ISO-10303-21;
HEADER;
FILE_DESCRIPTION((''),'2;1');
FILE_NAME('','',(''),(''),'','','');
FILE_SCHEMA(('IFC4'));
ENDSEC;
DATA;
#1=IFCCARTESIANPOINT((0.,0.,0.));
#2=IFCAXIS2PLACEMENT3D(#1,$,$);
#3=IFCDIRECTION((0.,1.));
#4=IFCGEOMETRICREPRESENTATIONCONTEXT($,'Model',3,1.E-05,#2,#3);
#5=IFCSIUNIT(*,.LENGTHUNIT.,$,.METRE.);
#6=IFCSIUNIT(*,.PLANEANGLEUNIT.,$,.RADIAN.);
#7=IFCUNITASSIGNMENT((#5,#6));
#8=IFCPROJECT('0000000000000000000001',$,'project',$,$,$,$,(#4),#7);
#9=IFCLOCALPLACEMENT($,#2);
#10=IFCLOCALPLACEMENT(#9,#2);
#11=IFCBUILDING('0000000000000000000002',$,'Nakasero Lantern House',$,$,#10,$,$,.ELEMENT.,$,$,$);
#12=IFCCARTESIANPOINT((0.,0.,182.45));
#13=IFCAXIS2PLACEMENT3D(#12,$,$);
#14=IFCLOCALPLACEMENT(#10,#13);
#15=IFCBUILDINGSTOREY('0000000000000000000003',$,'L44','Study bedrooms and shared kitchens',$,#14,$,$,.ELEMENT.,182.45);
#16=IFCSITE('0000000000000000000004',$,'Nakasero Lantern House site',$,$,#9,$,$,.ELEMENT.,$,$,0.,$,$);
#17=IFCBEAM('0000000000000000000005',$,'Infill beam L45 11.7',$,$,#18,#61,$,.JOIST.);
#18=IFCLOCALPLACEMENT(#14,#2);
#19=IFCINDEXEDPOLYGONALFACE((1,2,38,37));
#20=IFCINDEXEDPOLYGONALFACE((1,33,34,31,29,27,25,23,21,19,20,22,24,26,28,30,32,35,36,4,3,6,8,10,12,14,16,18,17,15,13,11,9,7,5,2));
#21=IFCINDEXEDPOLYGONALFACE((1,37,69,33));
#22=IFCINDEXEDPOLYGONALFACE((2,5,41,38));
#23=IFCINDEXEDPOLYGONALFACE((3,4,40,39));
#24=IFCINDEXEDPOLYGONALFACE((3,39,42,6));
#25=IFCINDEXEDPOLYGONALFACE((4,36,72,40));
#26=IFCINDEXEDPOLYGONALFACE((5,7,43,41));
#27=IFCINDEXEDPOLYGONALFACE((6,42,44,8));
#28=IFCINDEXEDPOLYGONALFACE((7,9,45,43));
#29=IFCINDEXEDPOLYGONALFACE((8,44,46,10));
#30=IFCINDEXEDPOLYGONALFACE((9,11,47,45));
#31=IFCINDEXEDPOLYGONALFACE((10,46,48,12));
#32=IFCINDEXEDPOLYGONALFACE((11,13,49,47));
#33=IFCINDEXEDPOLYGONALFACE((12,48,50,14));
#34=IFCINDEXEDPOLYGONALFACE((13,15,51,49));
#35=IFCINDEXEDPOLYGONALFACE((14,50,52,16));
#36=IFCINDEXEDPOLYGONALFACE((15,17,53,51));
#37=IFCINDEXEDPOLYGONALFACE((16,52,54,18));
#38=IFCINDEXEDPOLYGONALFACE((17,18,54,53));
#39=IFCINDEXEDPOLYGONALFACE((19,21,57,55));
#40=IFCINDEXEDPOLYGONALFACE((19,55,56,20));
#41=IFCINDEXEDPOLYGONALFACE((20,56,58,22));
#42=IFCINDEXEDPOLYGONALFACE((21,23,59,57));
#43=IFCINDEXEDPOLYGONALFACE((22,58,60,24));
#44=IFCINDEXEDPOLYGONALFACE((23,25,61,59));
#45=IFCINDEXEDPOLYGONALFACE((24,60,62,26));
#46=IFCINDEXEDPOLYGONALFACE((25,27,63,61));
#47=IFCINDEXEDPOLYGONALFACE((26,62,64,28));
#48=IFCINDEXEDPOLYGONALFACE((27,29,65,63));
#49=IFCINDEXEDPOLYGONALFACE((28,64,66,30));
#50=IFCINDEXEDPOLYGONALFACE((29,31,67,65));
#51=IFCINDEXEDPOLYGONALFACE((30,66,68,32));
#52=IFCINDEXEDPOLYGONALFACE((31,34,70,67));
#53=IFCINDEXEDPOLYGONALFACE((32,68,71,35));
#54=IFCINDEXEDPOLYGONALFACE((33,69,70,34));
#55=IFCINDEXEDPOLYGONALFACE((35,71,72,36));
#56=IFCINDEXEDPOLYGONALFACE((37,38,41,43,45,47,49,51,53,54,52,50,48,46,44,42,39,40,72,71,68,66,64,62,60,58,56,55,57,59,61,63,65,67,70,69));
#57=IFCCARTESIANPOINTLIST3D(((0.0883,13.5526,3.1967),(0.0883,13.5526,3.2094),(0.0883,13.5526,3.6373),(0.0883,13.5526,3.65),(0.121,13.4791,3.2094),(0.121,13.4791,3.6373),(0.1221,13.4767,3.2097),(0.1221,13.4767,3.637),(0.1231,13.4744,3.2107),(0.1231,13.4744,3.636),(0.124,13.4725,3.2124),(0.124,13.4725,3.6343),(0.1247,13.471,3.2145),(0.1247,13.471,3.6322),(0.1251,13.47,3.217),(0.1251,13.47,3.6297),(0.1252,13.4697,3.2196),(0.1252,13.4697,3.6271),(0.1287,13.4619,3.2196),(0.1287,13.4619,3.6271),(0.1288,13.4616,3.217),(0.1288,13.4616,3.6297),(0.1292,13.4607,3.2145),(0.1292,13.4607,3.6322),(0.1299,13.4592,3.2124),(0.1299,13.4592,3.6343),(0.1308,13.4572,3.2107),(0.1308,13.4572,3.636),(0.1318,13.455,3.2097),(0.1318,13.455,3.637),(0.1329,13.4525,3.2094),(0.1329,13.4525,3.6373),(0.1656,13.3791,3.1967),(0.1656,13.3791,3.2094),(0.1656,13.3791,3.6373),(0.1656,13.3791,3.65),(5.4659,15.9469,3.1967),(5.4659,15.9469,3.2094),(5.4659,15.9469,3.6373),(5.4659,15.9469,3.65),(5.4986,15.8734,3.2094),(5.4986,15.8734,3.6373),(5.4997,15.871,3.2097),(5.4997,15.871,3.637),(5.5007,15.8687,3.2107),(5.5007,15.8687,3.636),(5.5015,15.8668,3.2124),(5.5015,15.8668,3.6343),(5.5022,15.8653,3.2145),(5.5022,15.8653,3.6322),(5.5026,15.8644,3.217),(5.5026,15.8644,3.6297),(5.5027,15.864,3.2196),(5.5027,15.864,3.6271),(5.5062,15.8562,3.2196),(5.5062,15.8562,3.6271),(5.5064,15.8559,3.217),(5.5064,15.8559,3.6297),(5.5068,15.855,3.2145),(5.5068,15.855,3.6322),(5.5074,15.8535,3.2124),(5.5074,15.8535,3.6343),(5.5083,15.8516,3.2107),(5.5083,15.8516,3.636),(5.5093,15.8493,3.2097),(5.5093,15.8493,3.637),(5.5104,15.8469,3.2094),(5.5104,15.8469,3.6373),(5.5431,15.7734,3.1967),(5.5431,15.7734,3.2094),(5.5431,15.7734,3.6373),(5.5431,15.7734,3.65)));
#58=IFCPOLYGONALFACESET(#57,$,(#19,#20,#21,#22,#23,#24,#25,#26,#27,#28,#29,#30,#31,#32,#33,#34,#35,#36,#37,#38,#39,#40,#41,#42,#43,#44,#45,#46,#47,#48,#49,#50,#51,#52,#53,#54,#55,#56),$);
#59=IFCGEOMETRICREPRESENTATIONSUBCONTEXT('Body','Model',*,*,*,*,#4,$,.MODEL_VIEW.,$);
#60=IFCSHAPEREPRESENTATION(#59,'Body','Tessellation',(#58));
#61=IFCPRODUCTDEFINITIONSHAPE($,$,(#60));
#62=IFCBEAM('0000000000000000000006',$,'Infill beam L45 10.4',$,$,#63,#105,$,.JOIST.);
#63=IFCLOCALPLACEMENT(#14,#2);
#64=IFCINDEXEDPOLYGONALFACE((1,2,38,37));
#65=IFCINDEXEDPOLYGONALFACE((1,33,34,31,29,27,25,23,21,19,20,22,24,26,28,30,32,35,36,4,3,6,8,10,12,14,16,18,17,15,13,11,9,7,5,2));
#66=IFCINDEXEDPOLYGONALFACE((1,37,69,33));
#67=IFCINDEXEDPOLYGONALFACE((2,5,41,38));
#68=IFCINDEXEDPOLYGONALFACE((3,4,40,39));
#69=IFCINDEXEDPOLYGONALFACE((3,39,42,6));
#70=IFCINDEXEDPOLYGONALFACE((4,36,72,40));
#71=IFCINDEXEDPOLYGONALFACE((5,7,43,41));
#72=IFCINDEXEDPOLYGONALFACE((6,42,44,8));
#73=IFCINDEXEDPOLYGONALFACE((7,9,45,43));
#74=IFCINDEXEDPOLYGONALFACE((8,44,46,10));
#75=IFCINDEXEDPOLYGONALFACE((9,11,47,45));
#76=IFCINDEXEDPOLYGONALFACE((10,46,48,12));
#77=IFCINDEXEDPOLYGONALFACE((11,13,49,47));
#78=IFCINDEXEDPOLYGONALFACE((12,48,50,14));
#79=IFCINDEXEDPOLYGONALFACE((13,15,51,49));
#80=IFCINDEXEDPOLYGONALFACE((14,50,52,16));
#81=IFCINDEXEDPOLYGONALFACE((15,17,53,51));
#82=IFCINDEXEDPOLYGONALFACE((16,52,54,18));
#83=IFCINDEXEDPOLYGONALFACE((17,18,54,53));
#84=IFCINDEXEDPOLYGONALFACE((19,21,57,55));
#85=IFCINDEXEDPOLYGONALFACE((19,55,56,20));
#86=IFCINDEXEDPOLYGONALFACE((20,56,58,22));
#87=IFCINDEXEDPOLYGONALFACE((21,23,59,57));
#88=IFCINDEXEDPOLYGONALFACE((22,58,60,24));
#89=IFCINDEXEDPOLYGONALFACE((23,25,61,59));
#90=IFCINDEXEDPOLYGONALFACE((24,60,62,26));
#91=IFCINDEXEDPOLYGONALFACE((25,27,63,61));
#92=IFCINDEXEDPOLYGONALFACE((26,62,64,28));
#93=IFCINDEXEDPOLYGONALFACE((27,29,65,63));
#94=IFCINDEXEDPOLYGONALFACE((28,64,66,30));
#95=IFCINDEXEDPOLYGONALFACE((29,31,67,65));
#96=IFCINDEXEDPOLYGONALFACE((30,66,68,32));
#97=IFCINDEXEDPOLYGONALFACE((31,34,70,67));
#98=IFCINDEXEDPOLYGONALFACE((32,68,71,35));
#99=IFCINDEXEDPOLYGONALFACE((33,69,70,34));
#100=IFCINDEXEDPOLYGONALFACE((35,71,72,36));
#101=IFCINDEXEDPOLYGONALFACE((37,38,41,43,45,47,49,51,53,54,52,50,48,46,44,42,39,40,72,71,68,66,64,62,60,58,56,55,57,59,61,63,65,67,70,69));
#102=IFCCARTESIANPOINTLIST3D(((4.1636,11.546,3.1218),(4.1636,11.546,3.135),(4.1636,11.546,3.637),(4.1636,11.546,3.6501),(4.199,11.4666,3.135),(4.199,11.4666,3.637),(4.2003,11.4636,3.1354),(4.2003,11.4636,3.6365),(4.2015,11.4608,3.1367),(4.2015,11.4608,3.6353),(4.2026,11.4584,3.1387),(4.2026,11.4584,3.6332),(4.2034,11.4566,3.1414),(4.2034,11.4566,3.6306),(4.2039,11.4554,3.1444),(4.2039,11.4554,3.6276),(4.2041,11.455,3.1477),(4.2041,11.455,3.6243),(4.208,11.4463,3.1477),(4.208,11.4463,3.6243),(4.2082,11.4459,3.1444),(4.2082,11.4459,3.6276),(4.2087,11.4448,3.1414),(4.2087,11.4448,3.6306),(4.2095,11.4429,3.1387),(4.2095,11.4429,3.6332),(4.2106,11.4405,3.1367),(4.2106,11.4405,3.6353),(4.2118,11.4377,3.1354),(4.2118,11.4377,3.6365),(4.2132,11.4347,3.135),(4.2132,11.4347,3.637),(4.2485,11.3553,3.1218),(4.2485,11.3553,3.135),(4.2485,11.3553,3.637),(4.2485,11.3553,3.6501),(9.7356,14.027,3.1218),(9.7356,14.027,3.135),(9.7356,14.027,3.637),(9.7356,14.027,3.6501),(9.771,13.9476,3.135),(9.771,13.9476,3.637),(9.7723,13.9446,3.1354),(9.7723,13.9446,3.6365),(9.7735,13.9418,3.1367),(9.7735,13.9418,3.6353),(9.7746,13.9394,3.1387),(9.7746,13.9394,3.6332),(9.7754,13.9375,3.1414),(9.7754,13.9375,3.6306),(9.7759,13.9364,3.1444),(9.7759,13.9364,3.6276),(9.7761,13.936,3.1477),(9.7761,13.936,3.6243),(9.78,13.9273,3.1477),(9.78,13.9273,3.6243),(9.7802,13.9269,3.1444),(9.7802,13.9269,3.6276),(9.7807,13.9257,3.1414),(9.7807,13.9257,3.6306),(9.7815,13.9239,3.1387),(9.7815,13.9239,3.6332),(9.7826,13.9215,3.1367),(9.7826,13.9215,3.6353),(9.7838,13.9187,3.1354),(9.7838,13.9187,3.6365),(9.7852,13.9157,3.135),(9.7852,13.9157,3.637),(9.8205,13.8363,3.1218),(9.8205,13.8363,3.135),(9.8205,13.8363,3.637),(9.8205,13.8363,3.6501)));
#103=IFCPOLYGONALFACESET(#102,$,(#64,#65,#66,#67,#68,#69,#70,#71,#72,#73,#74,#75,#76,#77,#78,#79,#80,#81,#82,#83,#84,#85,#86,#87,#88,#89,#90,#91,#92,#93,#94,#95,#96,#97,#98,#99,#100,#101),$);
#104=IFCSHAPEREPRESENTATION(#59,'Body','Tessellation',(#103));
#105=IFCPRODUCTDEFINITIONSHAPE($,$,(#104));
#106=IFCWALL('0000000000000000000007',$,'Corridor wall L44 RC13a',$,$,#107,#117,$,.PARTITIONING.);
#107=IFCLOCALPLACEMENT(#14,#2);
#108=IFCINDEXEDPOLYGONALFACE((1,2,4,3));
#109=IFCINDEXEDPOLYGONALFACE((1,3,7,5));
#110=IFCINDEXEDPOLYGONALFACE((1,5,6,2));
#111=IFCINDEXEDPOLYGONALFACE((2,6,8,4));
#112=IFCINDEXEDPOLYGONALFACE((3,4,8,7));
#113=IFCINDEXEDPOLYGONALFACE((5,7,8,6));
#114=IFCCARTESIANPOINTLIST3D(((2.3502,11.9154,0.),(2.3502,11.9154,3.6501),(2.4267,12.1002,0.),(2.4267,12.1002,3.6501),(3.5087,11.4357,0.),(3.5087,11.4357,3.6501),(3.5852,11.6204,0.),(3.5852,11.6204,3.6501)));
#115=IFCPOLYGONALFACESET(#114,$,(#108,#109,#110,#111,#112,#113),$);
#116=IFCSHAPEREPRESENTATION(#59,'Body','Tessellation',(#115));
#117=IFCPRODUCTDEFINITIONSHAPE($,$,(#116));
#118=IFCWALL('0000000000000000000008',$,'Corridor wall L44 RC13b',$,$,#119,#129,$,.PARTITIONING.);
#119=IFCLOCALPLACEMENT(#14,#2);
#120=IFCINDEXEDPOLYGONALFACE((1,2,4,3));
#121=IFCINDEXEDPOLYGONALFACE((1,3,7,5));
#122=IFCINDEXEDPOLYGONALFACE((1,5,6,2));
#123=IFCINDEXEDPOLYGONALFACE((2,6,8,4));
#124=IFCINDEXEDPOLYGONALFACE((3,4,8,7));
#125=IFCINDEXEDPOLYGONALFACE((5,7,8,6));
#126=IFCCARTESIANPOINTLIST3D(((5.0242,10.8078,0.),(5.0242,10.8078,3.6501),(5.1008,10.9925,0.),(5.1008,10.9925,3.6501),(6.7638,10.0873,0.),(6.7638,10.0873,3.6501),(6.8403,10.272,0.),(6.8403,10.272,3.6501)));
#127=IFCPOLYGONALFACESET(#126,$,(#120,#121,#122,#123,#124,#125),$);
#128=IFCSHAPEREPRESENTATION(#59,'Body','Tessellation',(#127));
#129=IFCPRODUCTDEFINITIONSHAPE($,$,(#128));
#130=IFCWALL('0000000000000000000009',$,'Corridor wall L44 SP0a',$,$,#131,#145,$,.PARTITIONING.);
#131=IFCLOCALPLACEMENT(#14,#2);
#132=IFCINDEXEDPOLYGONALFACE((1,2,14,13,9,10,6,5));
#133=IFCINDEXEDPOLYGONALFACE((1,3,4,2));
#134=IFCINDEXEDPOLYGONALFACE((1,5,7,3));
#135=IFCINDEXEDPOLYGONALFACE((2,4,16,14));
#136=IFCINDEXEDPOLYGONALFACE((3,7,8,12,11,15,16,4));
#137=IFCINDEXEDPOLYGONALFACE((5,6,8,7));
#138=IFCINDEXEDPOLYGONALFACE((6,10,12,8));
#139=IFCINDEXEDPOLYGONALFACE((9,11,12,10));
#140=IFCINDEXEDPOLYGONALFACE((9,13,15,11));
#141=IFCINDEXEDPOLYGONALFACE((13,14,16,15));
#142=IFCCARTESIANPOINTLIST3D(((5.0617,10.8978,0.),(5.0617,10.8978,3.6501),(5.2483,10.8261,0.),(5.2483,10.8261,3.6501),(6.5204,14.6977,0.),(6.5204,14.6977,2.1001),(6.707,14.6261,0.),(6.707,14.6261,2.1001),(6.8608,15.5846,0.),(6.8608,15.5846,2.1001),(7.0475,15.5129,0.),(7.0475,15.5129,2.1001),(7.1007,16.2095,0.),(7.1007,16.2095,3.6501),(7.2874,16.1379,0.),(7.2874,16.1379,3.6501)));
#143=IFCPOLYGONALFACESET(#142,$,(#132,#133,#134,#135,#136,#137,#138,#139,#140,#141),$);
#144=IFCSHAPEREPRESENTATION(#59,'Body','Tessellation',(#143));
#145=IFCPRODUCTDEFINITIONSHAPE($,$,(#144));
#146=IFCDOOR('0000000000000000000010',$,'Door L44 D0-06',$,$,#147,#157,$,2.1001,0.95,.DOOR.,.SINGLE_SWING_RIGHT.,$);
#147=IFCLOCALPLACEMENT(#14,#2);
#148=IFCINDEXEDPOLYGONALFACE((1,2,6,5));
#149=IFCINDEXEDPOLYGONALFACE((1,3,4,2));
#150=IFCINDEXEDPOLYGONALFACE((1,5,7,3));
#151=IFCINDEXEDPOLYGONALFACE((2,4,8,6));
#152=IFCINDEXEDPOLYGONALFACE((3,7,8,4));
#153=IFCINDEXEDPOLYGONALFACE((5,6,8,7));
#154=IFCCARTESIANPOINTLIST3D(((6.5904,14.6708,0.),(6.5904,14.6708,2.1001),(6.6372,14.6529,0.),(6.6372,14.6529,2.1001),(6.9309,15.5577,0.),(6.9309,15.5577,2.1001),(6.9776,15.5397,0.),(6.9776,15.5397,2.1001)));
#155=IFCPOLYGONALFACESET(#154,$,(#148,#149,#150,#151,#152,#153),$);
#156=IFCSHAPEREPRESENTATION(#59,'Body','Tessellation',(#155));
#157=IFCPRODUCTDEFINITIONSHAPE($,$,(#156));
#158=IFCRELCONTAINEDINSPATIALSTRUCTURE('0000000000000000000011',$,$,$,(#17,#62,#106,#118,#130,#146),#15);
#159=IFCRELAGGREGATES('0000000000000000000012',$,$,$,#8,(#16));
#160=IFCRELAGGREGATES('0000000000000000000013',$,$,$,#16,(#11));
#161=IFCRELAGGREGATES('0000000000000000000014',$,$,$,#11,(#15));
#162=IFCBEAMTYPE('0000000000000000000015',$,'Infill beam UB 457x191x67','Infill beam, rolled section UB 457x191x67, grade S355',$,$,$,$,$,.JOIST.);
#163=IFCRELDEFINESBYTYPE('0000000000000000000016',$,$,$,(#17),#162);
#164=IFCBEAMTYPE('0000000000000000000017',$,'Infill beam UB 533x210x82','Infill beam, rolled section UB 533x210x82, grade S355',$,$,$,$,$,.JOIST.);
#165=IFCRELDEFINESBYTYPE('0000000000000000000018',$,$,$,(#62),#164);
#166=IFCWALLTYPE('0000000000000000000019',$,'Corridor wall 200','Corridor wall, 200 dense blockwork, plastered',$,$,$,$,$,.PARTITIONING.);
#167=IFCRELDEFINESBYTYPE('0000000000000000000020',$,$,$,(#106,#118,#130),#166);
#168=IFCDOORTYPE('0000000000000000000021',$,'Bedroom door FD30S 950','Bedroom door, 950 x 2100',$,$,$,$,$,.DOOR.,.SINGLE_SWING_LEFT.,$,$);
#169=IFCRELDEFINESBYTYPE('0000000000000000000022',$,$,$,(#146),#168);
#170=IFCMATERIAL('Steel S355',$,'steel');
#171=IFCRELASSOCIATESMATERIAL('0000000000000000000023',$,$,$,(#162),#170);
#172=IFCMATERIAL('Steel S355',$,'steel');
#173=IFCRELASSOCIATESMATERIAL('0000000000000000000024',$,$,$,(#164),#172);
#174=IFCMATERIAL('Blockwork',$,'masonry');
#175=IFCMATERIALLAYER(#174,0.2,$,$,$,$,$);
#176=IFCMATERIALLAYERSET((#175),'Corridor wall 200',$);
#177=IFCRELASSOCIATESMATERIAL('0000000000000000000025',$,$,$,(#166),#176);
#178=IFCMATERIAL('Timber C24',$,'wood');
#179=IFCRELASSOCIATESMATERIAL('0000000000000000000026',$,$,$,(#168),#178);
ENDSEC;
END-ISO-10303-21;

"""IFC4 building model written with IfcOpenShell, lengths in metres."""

from ifc_helpers import new_model, si_unit, direction, frame, frame_2d, origin, origin_2d, place, context, subcontext, project, spatial, rectangle, i_section, extrude, material, layer, layer_set, material_profile, profile_set, type_object, element, fill, save


model = new_model("IFC4")

# Units and contexts
model_context = context("Model", 3, precision=1e-05, world=origin(), true_north=direction((0.0, 1.0)))
body_context = subcontext(model_context, "Body", "Model", "MODEL_VIEW")
ifc_project = project(units=[si_unit("LENGTHUNIT", "METRE"), si_unit("PLANEANGLEUNIT", "RADIAN")], contexts=[model_context])

# Site, building, storey
site_placement = place(None, origin())
site = spatial("IfcSite", under=ifc_project, at=site_placement, Name="Nakasero Lantern House site", CompositionType="ELEMENT", RefElevation=0.0)
building_placement = place(site_placement, origin())
building = spatial("IfcBuilding", under=site, at=building_placement, Name="Nakasero Lantern House", CompositionType="ELEMENT")
storey_placement = place(building_placement, frame((0.0, 0.0, 182.45)))
storey = spatial("IfcBuildingStorey", under=building, at=storey_placement, Name="L44", Description="Study bedrooms and shared kitchens", CompositionType="ELEMENT", Elevation=182.45)

# Beams
ifc_material_1 = material(Name="Steel S355", Category="steel")
ifc_material_profile_1 = material_profile(ifc_material_1, i_section(OverallWidth=0.1899, OverallDepth=0.4534, WebThickness=0.0085, FlangeThickness=0.0127, FilletRadius=0.0103, at=origin_2d()), Name="UB 457x191x67")
ifc_profile_set_1 = profile_set([ifc_material_profile_1], Name="Steel S355")
beam_type_1 = type_object("IfcBeamType", Name="Infill beam UB 457x191x67", Description="Infill beam, rolled section UB 457x191x67, grade S355", PredefinedType="JOIST", material=ifc_profile_set_1)
beam_1_placement = place(storey_placement, frame((0.127, 13.4658, 3.4233), z_axis=(0.913539, 0.40675, 0.0), x_axis=(-0.40675, 0.913539, 0.0)))
element("IfcBeam", 1, at=beam_1_placement, inside=storey, type_object=beam_type_1, Name="Infill beam L45 11.7", PredefinedType="JOIST", context=body_context, shape_type="SweptSolid", body=[
    extrude(i_section(OverallWidth=0.1899, OverallDepth=0.4534, WebThickness=0.0085, FlangeThickness=0.0127, FilletRadius=0.0103, at=origin_2d()), origin(), (0.0, 0.0, 1.0), 5.8865),
])
ifc_material_2 = material(Name="Steel S355", Category="steel")
ifc_material_profile_2 = material_profile(ifc_material_2, i_section(OverallWidth=0.2087, OverallDepth=0.5283, WebThickness=0.0095, FlangeThickness=0.0132, FilletRadius=0.0127, at=origin_2d()), Name="UB 533x210x82")
ifc_profile_set_2 = profile_set([ifc_material_profile_2], Name="Steel S355")
beam_type_2 = type_object("IfcBeamType", Name="Infill beam UB 533x210x82", Description="Infill beam, rolled section UB 533x210x82, grade S355", PredefinedType="JOIST", material=ifc_profile_set_2)
beam_2_placement = place(storey_placement, frame((4.2061, 11.4507, 3.386), z_axis=(0.913537, 0.406755, 0.0), x_axis=(-0.406755, 0.913537, 0.0)))
element("IfcBeam", 2, at=beam_2_placement, inside=storey, type_object=beam_type_2, Name="Infill beam L45 10.4", PredefinedType="JOIST", context=body_context, shape_type="SweptSolid", body=[
    extrude(i_section(OverallWidth=0.2087, OverallDepth=0.5283, WebThickness=0.0095, FlangeThickness=0.0132, FilletRadius=0.0127, at=origin_2d()), origin(), (0.0, 0.0, 1.0), 6.0994),
])

# Walls
ifc_material_3 = material(Name="Blockwork", Category="masonry")
ifc_layer_1 = layer(ifc_material_3, 0.2)
ifc_layer_set_1 = layer_set([ifc_layer_1], Name="Corridor wall 200")
wall_type_1 = type_object("IfcWallType", Name="Corridor wall 200", Description="Corridor wall, 200 dense blockwork, plastered", PredefinedType="PARTITIONING", material=ifc_layer_set_1)
wall_1_placement = place(storey_placement, frame((2.3884, 12.0078, 0.0), z_axis=(0.0, 0.0, 1.0), x_axis=(0.92391, -0.38261, 0.0)))
element("IfcWall", 3, at=wall_1_placement, inside=storey, type_object=wall_type_1, Name="Corridor wall L44 RC13a", PredefinedType="PARTITIONING", context=body_context, shape_type="SweptSolid", body=[
    extrude(rectangle(XDim=1.2539, YDim=0.2, at=frame_2d((0.627, 0.0))), origin(), (0.0, 0.0, 1.0), 3.6501),
])
wall_2_placement = place(storey_placement, frame((5.0625, 10.9001, 0.0), z_axis=(0.0, 0.0, 1.0), x_axis=(0.923892, -0.382653, 0.0)))
element("IfcWall", 4, at=wall_2_placement, inside=storey, type_object=wall_type_1, Name="Corridor wall L44 RC13b", PredefinedType="PARTITIONING", context=body_context, shape_type="SweptSolid", body=[
    extrude(rectangle(XDim=1.8828, YDim=0.2, at=frame_2d((0.9414, 0.0))), origin(), (0.0, 0.0, 1.0), 3.6501),
])

# Wall, opening, door
wall_3_placement = place(storey_placement, frame((5.155, 10.8621, 0.0), z_axis=(0.0, 0.0, 1.0), x_axis=(0.358378, 0.933577, 0.0)))
wall_3 = element("IfcWall", 5, at=wall_3_placement, inside=storey, type_object=wall_type_1, Name="Corridor wall L44 SP0a", PredefinedType="PARTITIONING", context=body_context, shape_type="SweptSolid", body=[
    extrude(rectangle(XDim=5.6897, YDim=0.2, at=frame_2d((2.8447, 0.0))), origin(), (0.0, 0.0, 1.0), 3.6501),
])
opening_1_placement = place(wall_3_placement, frame((4.0701, 0.0, 0.0)))
opening_1 = element("IfcOpeningElement", 6, at=opening_1_placement, cuts=wall_3, PredefinedType="OPENING", context=body_context, shape_type="SweptSolid", body=[
    extrude(rectangle(XDim=0.95, YDim=2.1001, at=frame_2d((0.4751, 1.05))), frame((0.0, 0.1199, 0.0), z_axis=(0.0, -1.0, 0.0), x_axis=(1.0, 0.0, 0.0)), (0.0, 0.0, 1.0), 0.24),
])
ifc_material_4 = material(Name="Timber C24", Category="wood")
door_type_1 = type_object("IfcDoorType", Name="Bedroom door FD30S 950", Description="Bedroom door, 950 x 2100", OperationType="SINGLE_SWING_LEFT", PredefinedType="DOOR", material=ifc_material_4)
door_1_placement = place(opening_1_placement, origin())
door_1 = element("IfcDoor", 7, at=door_1_placement, inside=storey, type_object=door_type_1, Name="Door L44 D0-06", OperationType="SINGLE_SWING_RIGHT", OverallHeight=2.1001, OverallWidth=0.95, PredefinedType="DOOR", context=body_context, shape_type="SweptSolid", body=[
    extrude(rectangle(XDim=0.95, YDim=2.1001, at=frame_2d((0.4751, 1.05))), frame((0.0, 0.0249, 0.0), z_axis=(0.0, -1.0, 0.0), x_axis=(1.0, 0.0, 0.0)), (0.0, 0.0, 1.0), 0.05),
])
fill(opening_1, door_1)

save(model, "model.ifc")
